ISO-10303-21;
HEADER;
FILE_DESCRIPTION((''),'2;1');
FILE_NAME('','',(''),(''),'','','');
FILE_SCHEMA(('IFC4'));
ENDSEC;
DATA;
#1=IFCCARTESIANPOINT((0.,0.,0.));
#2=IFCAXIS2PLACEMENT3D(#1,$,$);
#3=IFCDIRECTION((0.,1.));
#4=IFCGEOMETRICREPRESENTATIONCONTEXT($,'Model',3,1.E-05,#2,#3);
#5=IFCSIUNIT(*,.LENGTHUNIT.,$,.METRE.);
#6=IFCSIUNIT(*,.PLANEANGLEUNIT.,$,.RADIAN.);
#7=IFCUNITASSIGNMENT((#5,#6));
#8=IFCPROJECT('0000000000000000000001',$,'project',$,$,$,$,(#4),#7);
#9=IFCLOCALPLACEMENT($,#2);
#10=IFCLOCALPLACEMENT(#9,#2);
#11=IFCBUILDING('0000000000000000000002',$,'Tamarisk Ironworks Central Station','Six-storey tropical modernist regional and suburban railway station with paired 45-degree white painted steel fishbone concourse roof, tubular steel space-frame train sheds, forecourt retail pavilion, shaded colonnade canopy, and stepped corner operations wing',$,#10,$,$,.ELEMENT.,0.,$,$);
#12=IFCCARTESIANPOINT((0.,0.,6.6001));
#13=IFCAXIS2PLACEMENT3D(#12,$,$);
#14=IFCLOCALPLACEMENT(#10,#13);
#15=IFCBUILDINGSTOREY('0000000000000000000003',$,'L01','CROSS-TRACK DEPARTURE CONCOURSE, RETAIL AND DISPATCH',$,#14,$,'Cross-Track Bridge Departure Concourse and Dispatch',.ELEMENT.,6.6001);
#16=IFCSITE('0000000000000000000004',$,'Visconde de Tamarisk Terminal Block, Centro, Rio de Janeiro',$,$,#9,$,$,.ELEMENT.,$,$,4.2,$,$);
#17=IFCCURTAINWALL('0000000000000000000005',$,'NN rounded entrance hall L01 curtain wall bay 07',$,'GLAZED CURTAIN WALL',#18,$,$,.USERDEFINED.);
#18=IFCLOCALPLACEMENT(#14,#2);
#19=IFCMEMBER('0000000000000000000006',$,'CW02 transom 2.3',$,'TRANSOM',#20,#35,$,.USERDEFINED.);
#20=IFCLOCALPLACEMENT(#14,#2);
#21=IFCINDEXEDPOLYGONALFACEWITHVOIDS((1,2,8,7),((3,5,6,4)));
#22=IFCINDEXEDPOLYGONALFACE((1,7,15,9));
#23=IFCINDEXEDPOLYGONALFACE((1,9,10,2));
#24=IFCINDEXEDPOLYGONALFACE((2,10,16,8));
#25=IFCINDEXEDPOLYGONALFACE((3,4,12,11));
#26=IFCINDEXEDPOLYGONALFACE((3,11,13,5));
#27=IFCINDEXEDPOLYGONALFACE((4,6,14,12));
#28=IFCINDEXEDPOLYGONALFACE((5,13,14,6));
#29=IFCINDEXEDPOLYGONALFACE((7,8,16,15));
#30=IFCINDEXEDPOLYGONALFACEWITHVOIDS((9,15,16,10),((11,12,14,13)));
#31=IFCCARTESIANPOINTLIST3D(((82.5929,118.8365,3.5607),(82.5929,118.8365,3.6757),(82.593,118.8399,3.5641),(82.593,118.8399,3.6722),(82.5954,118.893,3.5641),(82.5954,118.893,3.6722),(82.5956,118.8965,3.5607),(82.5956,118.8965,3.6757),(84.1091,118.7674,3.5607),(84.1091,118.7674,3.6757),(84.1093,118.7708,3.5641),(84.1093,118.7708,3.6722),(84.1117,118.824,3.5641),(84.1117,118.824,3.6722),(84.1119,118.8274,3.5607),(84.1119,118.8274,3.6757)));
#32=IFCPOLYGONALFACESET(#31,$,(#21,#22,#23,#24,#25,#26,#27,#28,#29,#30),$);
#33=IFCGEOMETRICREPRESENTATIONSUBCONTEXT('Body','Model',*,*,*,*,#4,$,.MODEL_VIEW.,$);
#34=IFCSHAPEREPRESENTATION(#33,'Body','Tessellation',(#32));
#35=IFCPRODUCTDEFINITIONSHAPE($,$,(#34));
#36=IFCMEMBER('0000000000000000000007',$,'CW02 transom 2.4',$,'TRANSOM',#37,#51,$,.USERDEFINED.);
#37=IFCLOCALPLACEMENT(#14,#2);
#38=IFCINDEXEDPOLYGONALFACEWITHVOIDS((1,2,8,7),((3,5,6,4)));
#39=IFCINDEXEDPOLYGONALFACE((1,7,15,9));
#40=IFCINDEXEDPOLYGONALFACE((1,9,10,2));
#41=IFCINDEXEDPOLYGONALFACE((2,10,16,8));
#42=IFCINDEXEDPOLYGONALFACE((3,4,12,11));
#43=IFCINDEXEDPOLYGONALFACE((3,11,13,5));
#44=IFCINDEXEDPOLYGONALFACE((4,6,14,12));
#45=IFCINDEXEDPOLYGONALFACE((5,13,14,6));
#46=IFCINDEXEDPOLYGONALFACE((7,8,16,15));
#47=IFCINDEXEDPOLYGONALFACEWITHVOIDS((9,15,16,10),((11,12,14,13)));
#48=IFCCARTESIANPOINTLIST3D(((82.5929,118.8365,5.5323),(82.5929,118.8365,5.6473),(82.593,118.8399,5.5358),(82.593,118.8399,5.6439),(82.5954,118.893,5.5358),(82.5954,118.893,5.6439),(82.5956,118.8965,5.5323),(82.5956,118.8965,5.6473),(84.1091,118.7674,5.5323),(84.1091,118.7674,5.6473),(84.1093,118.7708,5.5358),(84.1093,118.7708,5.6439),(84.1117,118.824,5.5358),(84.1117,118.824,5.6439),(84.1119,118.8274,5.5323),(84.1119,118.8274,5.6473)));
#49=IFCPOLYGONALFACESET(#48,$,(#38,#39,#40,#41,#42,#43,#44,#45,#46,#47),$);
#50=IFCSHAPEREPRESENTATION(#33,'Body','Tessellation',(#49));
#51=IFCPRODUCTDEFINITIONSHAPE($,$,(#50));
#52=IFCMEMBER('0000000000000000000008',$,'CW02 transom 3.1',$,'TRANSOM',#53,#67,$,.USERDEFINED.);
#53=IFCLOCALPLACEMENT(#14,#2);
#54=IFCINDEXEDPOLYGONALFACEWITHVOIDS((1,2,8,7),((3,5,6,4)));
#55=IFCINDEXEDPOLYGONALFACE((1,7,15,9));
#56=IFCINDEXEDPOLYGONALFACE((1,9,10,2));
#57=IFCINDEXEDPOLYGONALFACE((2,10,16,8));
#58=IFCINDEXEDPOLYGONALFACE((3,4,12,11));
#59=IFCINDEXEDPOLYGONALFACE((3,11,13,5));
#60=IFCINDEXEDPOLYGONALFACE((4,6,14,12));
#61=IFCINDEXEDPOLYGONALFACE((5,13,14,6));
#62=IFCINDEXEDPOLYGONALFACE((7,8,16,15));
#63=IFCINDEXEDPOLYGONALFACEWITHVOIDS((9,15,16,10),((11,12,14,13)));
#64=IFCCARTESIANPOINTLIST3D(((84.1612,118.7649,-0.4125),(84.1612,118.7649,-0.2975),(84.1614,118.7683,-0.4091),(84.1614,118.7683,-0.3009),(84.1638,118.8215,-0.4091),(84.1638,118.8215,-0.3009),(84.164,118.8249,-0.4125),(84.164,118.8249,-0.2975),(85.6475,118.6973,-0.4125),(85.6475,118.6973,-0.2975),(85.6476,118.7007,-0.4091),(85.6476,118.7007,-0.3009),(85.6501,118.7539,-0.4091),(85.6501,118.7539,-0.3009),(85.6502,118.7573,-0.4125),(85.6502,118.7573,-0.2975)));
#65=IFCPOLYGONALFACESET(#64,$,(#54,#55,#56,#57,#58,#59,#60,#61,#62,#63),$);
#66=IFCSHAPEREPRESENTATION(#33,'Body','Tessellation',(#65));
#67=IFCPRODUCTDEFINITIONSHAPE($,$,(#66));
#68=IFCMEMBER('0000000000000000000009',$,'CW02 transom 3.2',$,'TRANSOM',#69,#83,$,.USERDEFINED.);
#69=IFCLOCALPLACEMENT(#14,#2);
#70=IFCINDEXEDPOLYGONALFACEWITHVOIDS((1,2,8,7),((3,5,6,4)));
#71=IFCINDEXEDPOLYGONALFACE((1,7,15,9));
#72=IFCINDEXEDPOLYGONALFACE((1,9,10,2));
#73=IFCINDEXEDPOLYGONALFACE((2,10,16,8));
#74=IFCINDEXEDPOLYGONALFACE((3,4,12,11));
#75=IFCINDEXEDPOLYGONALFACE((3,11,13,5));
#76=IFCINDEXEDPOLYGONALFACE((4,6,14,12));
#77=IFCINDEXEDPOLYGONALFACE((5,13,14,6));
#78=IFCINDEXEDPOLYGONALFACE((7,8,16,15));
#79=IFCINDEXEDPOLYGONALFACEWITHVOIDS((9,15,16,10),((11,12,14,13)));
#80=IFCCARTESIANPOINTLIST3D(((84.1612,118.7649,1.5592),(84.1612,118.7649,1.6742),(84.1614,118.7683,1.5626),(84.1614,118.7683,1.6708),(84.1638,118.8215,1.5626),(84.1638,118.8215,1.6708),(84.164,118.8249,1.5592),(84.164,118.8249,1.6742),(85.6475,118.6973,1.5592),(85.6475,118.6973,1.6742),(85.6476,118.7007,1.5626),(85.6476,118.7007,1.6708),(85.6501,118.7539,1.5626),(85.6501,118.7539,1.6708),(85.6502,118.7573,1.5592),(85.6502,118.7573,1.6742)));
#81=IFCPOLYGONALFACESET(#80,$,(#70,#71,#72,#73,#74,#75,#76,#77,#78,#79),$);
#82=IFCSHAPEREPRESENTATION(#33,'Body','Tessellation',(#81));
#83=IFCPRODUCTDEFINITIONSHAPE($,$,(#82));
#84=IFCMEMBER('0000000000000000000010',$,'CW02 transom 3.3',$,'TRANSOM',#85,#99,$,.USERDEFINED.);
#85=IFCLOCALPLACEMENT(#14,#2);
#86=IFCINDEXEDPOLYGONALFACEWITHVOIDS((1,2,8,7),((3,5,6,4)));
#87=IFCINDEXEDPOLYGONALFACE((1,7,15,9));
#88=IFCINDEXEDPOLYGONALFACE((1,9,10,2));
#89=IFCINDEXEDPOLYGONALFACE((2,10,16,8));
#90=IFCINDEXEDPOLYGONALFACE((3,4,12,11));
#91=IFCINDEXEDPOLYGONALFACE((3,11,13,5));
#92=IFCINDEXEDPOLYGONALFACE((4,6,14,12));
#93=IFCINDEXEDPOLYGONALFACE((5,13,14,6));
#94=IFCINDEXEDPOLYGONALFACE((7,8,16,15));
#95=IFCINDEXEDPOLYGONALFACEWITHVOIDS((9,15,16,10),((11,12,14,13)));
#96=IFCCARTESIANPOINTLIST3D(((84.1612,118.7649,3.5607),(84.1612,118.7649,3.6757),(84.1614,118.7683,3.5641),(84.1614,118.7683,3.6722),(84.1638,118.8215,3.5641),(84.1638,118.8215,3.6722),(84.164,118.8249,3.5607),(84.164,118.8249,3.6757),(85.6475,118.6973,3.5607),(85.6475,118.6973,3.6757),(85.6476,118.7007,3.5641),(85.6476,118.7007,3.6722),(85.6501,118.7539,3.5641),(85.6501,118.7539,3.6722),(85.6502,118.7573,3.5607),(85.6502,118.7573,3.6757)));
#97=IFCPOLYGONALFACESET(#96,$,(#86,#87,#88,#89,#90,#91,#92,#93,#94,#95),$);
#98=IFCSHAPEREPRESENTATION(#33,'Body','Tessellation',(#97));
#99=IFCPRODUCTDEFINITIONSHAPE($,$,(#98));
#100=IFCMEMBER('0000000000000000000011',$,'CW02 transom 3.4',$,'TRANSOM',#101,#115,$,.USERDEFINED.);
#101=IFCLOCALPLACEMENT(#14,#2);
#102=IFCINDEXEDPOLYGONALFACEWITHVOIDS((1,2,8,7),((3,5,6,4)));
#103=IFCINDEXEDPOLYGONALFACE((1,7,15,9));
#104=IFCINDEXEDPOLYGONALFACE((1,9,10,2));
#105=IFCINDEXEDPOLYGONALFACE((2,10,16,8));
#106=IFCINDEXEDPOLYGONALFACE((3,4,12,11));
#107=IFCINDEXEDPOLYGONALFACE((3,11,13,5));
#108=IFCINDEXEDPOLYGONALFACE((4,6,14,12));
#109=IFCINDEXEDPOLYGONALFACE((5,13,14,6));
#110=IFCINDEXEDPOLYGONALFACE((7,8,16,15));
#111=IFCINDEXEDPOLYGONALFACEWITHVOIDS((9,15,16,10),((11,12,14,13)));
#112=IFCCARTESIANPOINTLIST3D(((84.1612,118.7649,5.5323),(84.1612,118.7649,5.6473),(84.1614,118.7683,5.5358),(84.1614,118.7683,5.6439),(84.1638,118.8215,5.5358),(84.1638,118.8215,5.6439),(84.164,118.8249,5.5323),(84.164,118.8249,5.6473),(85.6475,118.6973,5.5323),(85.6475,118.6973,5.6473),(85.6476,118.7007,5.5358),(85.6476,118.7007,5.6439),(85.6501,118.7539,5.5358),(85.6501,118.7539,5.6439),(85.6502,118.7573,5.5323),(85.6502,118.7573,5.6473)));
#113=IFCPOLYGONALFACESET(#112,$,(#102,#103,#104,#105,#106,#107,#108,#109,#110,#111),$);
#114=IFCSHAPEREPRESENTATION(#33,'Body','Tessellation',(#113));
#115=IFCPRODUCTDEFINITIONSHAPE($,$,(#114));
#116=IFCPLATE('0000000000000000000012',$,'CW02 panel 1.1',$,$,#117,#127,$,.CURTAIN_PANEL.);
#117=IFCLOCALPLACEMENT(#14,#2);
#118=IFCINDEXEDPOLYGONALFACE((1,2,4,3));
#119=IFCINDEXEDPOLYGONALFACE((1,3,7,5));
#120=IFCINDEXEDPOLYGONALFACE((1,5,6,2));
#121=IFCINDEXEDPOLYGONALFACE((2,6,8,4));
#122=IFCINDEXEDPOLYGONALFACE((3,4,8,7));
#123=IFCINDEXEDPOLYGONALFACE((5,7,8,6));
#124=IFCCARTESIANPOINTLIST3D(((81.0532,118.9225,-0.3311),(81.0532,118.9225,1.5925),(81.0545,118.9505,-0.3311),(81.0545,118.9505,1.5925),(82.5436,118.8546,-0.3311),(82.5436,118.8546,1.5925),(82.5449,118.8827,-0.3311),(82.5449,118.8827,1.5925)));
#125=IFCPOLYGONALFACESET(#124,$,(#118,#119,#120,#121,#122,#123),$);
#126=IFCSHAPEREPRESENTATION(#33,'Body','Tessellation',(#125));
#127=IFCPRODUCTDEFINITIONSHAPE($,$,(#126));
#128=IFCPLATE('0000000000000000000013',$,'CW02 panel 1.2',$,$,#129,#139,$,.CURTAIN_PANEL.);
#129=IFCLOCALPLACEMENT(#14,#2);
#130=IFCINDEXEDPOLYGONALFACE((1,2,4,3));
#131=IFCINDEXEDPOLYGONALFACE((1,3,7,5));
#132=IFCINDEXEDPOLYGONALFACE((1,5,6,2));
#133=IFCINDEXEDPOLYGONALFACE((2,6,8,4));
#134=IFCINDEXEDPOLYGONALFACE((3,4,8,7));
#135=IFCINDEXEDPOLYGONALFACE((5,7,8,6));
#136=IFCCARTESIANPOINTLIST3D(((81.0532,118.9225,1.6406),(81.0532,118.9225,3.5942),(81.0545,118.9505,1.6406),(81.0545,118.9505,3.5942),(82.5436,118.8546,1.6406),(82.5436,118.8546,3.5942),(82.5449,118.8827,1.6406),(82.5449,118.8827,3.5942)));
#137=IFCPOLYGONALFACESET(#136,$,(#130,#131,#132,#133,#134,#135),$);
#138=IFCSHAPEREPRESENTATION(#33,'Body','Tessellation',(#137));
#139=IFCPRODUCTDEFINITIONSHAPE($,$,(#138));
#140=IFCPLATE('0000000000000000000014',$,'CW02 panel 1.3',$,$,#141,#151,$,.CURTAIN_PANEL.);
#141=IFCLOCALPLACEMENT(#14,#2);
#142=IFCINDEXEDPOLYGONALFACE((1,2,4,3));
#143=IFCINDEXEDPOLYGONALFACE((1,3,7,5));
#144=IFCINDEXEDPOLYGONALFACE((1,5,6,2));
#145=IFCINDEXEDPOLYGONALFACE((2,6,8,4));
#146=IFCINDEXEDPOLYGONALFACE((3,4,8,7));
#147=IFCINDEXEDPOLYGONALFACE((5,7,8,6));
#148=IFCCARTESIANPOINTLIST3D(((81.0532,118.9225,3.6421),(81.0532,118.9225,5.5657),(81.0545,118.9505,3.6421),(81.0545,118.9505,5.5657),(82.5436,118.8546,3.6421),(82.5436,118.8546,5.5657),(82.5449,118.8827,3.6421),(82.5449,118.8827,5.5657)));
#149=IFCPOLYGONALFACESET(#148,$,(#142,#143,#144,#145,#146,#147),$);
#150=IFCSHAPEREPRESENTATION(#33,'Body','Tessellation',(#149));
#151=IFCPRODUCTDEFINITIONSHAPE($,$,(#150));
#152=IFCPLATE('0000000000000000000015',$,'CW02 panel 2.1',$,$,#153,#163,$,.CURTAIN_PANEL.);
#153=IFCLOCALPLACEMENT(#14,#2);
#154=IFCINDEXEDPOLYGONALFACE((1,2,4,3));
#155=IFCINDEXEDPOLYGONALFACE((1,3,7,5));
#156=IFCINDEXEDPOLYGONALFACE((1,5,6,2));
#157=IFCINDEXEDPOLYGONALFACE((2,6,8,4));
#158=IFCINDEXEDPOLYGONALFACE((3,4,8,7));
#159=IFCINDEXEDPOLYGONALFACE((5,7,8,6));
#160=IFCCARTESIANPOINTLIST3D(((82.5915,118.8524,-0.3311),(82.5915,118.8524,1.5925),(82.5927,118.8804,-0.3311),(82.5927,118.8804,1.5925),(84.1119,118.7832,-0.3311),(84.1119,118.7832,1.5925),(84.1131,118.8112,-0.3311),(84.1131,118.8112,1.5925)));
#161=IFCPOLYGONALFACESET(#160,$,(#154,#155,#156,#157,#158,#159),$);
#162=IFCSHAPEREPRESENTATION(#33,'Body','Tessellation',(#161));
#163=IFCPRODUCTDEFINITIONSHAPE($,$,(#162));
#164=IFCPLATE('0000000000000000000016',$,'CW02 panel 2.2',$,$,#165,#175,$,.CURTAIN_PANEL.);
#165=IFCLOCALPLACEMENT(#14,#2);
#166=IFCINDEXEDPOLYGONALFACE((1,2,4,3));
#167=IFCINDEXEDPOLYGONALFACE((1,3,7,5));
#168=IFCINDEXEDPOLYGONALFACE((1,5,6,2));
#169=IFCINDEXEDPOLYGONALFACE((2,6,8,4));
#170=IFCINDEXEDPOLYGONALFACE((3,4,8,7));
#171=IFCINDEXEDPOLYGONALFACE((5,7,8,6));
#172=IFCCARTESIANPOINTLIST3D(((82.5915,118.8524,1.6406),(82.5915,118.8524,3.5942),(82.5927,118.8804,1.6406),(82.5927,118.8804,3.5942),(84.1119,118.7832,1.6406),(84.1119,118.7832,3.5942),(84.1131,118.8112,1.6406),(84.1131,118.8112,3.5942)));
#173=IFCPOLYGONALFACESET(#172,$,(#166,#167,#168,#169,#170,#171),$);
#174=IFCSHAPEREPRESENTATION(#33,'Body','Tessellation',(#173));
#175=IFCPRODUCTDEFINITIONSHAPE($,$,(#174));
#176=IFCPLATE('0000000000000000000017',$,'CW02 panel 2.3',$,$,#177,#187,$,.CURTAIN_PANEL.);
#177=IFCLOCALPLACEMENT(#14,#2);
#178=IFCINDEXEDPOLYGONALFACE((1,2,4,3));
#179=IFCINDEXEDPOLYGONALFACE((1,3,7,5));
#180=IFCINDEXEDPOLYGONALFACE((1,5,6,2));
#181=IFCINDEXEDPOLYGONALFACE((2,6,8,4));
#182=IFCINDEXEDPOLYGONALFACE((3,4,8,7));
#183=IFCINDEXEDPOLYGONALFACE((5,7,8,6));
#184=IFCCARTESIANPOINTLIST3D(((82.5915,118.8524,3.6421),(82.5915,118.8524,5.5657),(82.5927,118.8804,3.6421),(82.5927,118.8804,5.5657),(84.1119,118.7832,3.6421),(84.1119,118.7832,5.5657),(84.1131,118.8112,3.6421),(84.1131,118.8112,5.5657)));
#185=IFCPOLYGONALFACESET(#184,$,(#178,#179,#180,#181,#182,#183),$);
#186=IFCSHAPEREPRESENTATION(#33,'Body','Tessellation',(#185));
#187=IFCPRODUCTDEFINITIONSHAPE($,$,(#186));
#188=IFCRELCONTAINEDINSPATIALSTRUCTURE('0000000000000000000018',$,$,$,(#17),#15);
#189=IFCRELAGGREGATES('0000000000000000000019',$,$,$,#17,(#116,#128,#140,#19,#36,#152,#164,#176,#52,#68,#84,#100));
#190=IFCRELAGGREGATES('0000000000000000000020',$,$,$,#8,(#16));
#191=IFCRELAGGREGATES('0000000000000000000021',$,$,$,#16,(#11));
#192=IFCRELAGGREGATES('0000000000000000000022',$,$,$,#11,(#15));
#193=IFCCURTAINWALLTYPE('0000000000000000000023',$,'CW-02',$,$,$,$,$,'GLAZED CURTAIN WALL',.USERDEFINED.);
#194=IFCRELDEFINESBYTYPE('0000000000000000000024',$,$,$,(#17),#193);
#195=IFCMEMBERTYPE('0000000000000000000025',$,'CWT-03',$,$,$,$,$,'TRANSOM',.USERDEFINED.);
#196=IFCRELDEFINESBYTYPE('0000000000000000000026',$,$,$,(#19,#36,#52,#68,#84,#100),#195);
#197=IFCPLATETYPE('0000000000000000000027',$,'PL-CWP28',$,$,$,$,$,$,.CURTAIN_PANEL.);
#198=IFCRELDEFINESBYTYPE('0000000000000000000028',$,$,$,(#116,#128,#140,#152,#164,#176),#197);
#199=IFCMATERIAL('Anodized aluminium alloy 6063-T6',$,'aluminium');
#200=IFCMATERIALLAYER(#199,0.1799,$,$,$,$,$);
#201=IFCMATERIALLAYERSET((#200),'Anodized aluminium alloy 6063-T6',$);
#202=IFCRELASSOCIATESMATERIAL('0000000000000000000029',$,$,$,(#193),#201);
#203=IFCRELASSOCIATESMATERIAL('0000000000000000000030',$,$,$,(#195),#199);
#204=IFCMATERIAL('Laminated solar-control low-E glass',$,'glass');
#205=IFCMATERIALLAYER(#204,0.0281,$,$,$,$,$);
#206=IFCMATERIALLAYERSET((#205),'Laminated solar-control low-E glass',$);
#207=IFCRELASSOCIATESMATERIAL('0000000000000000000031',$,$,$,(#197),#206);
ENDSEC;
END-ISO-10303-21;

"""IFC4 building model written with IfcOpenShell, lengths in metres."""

from ifc_helpers import new_model, si_unit, direction, frame, origin, origin_2d, place, context, subcontext, project, spatial, rectangle, hollow_rectangle, extrude, material, layer, layer_set, material_profile, profile_set, type_object, element, aggregate, save


model = new_model("IFC4")

# Units and contexts
model_context = context("Model", 3, precision=1e-05, world=origin(), true_north=direction((0.0, 1.0)))
body_context = subcontext(model_context, "Body", "Model", "MODEL_VIEW")
ifc_project = project(units=[si_unit("LENGTHUNIT", "METRE"), si_unit("PLANEANGLEUNIT", "RADIAN")], contexts=[model_context])

# Site, building, storey
site_placement = place(None, origin())
site = spatial("IfcSite", under=ifc_project, at=site_placement, Name="Visconde de Tamarisk Terminal Block, Centro, Rio de Janeiro", CompositionType="ELEMENT", RefElevation=4.2)
building_placement = place(site_placement, origin())
building = spatial("IfcBuilding", under=site, at=building_placement, Name="Tamarisk Ironworks Central Station", Description="Six-storey tropical modernist regional and suburban railway station with paired 45-degree white painted steel fishbone concourse roof, tubular steel space-frame train sheds, forecourt retail pavilion, shaded colonnade canopy, and stepped corner operations wing", CompositionType="ELEMENT", ElevationOfRefHeight=0.0)
storey_placement = place(building_placement, frame((0.0, 0.0, 6.6001)))
storey = spatial("IfcBuildingStorey", under=building, at=storey_placement, Name="L01", Description="CROSS-TRACK DEPARTURE CONCOURSE, RETAIL AND DISPATCH", LongName="Cross-Track Bridge Departure Concourse and Dispatch", CompositionType="ELEMENT", Elevation=6.6001)

# Curtain wall, members, plates
ifc_material_1 = material(Name="Anodized aluminium alloy 6063-T6", Category="aluminium")
ifc_layer_1 = layer(ifc_material_1, 0.1799)
ifc_layer_set_1 = layer_set([ifc_layer_1], Name="Anodized aluminium alloy 6063-T6")
curtain_wall_type = type_object("IfcCurtainWallType", Name="CW-02", ElementType="GLAZED CURTAIN WALL", PredefinedType="USERDEFINED", material=ifc_layer_set_1)
curtain_wall_placement = place(storey_placement, origin())
curtain_wall = element("IfcCurtainWall", 1, at=curtain_wall_placement, inside=storey, type_object=curtain_wall_type, Name="NN rounded entrance hall L01 curtain wall bay 07", ObjectType="GLAZED CURTAIN WALL", PredefinedType="USERDEFINED")
ifc_material_profile_1 = material_profile(ifc_material_1, hollow_rectangle(XDim=0.0601, YDim=0.115, WallThickness=0.0034, at=origin_2d()), Name="ALUM 115x60")
ifc_profile_set_1 = profile_set([ifc_material_profile_1], Name="Anodized aluminium alloy 6063-T6")
member_type_1 = type_object("IfcMemberType", Name="CWT-03", ElementType="TRANSOM", PredefinedType="USERDEFINED", material=ifc_profile_set_1)
member_1_placement = place(storey_placement, frame((82.5942, 118.8665, 3.6182), z_axis=(0.998964, -0.045517, 0.0), x_axis=(0.045517, 0.998964, 0.0)))
member_1 = element("IfcMember", 2, at=member_1_placement, type_object=member_type_1, Name="CW02 transom 2.3", ObjectType="TRANSOM", PredefinedType="USERDEFINED", context=body_context, shape_type="SweptSolid", body=[
    extrude(hollow_rectangle(XDim=0.0601, YDim=0.115, WallThickness=0.0034, at=origin_2d()), origin(), (0.0, 0.0, 1.0), 1.5178),
])
member_2_placement = place(storey_placement, frame((82.5942, 118.8665, 5.5898), z_axis=(0.998964, -0.045517, 0.0), x_axis=(0.045517, 0.998964, 0.0)))
member_2 = element("IfcMember", 3, at=member_2_placement, type_object=member_type_1, Name="CW02 transom 2.4", ObjectType="TRANSOM", PredefinedType="USERDEFINED", context=body_context, shape_type="SweptSolid", body=[
    extrude(hollow_rectangle(XDim=0.0601, YDim=0.115, WallThickness=0.0034, at=origin_2d()), origin(), (0.0, 0.0, 1.0), 1.5178),
])
member_3_placement = place(storey_placement, frame((84.1626, 118.7949, -0.355), z_axis=(0.998967, -0.045452, 0.0), x_axis=(0.045452, 0.998967, 0.0)))
member_3 = element("IfcMember", 4, at=member_3_placement, type_object=member_type_1, Name="CW02 transom 3.1", ObjectType="TRANSOM", PredefinedType="USERDEFINED", context=body_context, shape_type="SweptSolid", body=[
    extrude(hollow_rectangle(XDim=0.0601, YDim=0.115, WallThickness=0.0034, at=origin_2d()), origin(), (0.0, 0.0, 1.0), 1.4878),
])
member_4_placement = place(storey_placement, frame((84.1626, 118.7949, 1.6167), z_axis=(0.998967, -0.045452, 0.0), x_axis=(0.045452, 0.998967, 0.0)))
member_4 = element("IfcMember", 5, at=member_4_placement, type_object=member_type_1, Name="CW02 transom 3.2", ObjectType="TRANSOM", PredefinedType="USERDEFINED", context=body_context, shape_type="SweptSolid", body=[
    extrude(hollow_rectangle(XDim=0.0601, YDim=0.115, WallThickness=0.0034, at=origin_2d()), origin(), (0.0, 0.0, 1.0), 1.4878),
])
member_5_placement = place(storey_placement, frame((84.1626, 118.7949, 3.6182), z_axis=(0.998967, -0.045452, 0.0), x_axis=(0.045452, 0.998967, 0.0)))
member_5 = element("IfcMember", 6, at=member_5_placement, type_object=member_type_1, Name="CW02 transom 3.3", ObjectType="TRANSOM", PredefinedType="USERDEFINED", context=body_context, shape_type="SweptSolid", body=[
    extrude(hollow_rectangle(XDim=0.0601, YDim=0.115, WallThickness=0.0034, at=origin_2d()), origin(), (0.0, 0.0, 1.0), 1.4878),
])
member_6_placement = place(storey_placement, frame((84.1626, 118.7949, 5.5898), z_axis=(0.998967, -0.045452, 0.0), x_axis=(0.045452, 0.998967, 0.0)))
member_6 = element("IfcMember", 7, at=member_6_placement, type_object=member_type_1, Name="CW02 transom 3.4", ObjectType="TRANSOM", PredefinedType="USERDEFINED", context=body_context, shape_type="SweptSolid", body=[
    extrude(hollow_rectangle(XDim=0.0601, YDim=0.115, WallThickness=0.0034, at=origin_2d()), origin(), (0.0, 0.0, 1.0), 1.4878),
])
ifc_material_2 = material(Name="Laminated solar-control low-E glass", Category="glass")
ifc_layer_2 = layer(ifc_material_2, 0.0281)
ifc_layer_set_2 = layer_set([ifc_layer_2], Name="Laminated solar-control low-E glass")
plate_type = type_object("IfcPlateType", Name="PL-CWP28", PredefinedType="CURTAIN_PANEL", material=ifc_layer_set_2)
plate_1_placement = place(storey_placement, frame((81.7991, 118.9026, -0.3311), z_axis=(0.0, 0.0, 1.0), x_axis=(0.998965, -0.045481, 0.0)))
plate_1 = element("IfcPlate", 8, at=plate_1_placement, type_object=plate_type, Name="CW02 panel 1.1", PredefinedType="CURTAIN_PANEL", context=body_context, shape_type="SweptSolid", body=[
    extrude(rectangle(XDim=1.4919, YDim=0.0281, at=origin_2d()), origin(), (0.0, 0.0, 1.0), 1.9236),
])
plate_2_placement = place(storey_placement, frame((81.7991, 118.9026, 1.6406), z_axis=(0.0, 0.0, 1.0), x_axis=(0.998965, -0.045481, 0.0)))
plate_2 = element("IfcPlate", 9, at=plate_2_placement, type_object=plate_type, Name="CW02 panel 1.2", PredefinedType="CURTAIN_PANEL", context=body_context, shape_type="SweptSolid", body=[
    extrude(rectangle(XDim=1.4919, YDim=0.0281, at=origin_2d()), origin(), (0.0, 0.0, 1.0), 1.9536),
])
plate_3_placement = place(storey_placement, frame((81.7991, 118.9026, 3.6421), z_axis=(0.0, 0.0, 1.0), x_axis=(0.998965, -0.045481, 0.0)))
plate_3 = element("IfcPlate", 10, at=plate_3_placement, type_object=plate_type, Name="CW02 panel 1.3", PredefinedType="CURTAIN_PANEL", context=body_context, shape_type="SweptSolid", body=[
    extrude(rectangle(XDim=1.4919, YDim=0.0281, at=origin_2d()), origin(), (0.0, 0.0, 1.0), 1.9236),
])
plate_4_placement = place(storey_placement, frame((83.3523, 118.8318, -0.3311), z_axis=(0.0, 0.0, 1.0), x_axis=(0.998965, -0.045481, 0.0)))
plate_4 = element("IfcPlate", 11, at=plate_4_placement, type_object=plate_type, Name="CW02 panel 2.1", PredefinedType="CURTAIN_PANEL", context=body_context, shape_type="SweptSolid", body=[
    extrude(rectangle(XDim=1.522, YDim=0.0281, at=origin_2d()), origin(), (0.0, 0.0, 1.0), 1.9236),
])
plate_5_placement = place(storey_placement, frame((83.3523, 118.8318, 1.6406), z_axis=(0.0, 0.0, 1.0), x_axis=(0.998965, -0.045481, 0.0)))
plate_5 = element("IfcPlate", 12, at=plate_5_placement, type_object=plate_type, Name="CW02 panel 2.2", PredefinedType="CURTAIN_PANEL", context=body_context, shape_type="SweptSolid", body=[
    extrude(rectangle(XDim=1.522, YDim=0.0281, at=origin_2d()), origin(), (0.0, 0.0, 1.0), 1.9536),
])
plate_6_placement = place(storey_placement, frame((83.3523, 118.8318, 3.6421), z_axis=(0.0, 0.0, 1.0), x_axis=(0.998965, -0.045481, 0.0)))
plate_6 = element("IfcPlate", 13, at=plate_6_placement, type_object=plate_type, Name="CW02 panel 2.3", PredefinedType="CURTAIN_PANEL", context=body_context, shape_type="SweptSolid", body=[
    extrude(rectangle(XDim=1.522, YDim=0.0281, at=origin_2d()), origin(), (0.0, 0.0, 1.0), 1.9236),
])
aggregate(curtain_wall, [plate_1, plate_2, plate_3, member_1, member_2, plate_4, plate_5, plate_6, member_3, member_4, member_5, member_6])

save(model, "model.ifc")
